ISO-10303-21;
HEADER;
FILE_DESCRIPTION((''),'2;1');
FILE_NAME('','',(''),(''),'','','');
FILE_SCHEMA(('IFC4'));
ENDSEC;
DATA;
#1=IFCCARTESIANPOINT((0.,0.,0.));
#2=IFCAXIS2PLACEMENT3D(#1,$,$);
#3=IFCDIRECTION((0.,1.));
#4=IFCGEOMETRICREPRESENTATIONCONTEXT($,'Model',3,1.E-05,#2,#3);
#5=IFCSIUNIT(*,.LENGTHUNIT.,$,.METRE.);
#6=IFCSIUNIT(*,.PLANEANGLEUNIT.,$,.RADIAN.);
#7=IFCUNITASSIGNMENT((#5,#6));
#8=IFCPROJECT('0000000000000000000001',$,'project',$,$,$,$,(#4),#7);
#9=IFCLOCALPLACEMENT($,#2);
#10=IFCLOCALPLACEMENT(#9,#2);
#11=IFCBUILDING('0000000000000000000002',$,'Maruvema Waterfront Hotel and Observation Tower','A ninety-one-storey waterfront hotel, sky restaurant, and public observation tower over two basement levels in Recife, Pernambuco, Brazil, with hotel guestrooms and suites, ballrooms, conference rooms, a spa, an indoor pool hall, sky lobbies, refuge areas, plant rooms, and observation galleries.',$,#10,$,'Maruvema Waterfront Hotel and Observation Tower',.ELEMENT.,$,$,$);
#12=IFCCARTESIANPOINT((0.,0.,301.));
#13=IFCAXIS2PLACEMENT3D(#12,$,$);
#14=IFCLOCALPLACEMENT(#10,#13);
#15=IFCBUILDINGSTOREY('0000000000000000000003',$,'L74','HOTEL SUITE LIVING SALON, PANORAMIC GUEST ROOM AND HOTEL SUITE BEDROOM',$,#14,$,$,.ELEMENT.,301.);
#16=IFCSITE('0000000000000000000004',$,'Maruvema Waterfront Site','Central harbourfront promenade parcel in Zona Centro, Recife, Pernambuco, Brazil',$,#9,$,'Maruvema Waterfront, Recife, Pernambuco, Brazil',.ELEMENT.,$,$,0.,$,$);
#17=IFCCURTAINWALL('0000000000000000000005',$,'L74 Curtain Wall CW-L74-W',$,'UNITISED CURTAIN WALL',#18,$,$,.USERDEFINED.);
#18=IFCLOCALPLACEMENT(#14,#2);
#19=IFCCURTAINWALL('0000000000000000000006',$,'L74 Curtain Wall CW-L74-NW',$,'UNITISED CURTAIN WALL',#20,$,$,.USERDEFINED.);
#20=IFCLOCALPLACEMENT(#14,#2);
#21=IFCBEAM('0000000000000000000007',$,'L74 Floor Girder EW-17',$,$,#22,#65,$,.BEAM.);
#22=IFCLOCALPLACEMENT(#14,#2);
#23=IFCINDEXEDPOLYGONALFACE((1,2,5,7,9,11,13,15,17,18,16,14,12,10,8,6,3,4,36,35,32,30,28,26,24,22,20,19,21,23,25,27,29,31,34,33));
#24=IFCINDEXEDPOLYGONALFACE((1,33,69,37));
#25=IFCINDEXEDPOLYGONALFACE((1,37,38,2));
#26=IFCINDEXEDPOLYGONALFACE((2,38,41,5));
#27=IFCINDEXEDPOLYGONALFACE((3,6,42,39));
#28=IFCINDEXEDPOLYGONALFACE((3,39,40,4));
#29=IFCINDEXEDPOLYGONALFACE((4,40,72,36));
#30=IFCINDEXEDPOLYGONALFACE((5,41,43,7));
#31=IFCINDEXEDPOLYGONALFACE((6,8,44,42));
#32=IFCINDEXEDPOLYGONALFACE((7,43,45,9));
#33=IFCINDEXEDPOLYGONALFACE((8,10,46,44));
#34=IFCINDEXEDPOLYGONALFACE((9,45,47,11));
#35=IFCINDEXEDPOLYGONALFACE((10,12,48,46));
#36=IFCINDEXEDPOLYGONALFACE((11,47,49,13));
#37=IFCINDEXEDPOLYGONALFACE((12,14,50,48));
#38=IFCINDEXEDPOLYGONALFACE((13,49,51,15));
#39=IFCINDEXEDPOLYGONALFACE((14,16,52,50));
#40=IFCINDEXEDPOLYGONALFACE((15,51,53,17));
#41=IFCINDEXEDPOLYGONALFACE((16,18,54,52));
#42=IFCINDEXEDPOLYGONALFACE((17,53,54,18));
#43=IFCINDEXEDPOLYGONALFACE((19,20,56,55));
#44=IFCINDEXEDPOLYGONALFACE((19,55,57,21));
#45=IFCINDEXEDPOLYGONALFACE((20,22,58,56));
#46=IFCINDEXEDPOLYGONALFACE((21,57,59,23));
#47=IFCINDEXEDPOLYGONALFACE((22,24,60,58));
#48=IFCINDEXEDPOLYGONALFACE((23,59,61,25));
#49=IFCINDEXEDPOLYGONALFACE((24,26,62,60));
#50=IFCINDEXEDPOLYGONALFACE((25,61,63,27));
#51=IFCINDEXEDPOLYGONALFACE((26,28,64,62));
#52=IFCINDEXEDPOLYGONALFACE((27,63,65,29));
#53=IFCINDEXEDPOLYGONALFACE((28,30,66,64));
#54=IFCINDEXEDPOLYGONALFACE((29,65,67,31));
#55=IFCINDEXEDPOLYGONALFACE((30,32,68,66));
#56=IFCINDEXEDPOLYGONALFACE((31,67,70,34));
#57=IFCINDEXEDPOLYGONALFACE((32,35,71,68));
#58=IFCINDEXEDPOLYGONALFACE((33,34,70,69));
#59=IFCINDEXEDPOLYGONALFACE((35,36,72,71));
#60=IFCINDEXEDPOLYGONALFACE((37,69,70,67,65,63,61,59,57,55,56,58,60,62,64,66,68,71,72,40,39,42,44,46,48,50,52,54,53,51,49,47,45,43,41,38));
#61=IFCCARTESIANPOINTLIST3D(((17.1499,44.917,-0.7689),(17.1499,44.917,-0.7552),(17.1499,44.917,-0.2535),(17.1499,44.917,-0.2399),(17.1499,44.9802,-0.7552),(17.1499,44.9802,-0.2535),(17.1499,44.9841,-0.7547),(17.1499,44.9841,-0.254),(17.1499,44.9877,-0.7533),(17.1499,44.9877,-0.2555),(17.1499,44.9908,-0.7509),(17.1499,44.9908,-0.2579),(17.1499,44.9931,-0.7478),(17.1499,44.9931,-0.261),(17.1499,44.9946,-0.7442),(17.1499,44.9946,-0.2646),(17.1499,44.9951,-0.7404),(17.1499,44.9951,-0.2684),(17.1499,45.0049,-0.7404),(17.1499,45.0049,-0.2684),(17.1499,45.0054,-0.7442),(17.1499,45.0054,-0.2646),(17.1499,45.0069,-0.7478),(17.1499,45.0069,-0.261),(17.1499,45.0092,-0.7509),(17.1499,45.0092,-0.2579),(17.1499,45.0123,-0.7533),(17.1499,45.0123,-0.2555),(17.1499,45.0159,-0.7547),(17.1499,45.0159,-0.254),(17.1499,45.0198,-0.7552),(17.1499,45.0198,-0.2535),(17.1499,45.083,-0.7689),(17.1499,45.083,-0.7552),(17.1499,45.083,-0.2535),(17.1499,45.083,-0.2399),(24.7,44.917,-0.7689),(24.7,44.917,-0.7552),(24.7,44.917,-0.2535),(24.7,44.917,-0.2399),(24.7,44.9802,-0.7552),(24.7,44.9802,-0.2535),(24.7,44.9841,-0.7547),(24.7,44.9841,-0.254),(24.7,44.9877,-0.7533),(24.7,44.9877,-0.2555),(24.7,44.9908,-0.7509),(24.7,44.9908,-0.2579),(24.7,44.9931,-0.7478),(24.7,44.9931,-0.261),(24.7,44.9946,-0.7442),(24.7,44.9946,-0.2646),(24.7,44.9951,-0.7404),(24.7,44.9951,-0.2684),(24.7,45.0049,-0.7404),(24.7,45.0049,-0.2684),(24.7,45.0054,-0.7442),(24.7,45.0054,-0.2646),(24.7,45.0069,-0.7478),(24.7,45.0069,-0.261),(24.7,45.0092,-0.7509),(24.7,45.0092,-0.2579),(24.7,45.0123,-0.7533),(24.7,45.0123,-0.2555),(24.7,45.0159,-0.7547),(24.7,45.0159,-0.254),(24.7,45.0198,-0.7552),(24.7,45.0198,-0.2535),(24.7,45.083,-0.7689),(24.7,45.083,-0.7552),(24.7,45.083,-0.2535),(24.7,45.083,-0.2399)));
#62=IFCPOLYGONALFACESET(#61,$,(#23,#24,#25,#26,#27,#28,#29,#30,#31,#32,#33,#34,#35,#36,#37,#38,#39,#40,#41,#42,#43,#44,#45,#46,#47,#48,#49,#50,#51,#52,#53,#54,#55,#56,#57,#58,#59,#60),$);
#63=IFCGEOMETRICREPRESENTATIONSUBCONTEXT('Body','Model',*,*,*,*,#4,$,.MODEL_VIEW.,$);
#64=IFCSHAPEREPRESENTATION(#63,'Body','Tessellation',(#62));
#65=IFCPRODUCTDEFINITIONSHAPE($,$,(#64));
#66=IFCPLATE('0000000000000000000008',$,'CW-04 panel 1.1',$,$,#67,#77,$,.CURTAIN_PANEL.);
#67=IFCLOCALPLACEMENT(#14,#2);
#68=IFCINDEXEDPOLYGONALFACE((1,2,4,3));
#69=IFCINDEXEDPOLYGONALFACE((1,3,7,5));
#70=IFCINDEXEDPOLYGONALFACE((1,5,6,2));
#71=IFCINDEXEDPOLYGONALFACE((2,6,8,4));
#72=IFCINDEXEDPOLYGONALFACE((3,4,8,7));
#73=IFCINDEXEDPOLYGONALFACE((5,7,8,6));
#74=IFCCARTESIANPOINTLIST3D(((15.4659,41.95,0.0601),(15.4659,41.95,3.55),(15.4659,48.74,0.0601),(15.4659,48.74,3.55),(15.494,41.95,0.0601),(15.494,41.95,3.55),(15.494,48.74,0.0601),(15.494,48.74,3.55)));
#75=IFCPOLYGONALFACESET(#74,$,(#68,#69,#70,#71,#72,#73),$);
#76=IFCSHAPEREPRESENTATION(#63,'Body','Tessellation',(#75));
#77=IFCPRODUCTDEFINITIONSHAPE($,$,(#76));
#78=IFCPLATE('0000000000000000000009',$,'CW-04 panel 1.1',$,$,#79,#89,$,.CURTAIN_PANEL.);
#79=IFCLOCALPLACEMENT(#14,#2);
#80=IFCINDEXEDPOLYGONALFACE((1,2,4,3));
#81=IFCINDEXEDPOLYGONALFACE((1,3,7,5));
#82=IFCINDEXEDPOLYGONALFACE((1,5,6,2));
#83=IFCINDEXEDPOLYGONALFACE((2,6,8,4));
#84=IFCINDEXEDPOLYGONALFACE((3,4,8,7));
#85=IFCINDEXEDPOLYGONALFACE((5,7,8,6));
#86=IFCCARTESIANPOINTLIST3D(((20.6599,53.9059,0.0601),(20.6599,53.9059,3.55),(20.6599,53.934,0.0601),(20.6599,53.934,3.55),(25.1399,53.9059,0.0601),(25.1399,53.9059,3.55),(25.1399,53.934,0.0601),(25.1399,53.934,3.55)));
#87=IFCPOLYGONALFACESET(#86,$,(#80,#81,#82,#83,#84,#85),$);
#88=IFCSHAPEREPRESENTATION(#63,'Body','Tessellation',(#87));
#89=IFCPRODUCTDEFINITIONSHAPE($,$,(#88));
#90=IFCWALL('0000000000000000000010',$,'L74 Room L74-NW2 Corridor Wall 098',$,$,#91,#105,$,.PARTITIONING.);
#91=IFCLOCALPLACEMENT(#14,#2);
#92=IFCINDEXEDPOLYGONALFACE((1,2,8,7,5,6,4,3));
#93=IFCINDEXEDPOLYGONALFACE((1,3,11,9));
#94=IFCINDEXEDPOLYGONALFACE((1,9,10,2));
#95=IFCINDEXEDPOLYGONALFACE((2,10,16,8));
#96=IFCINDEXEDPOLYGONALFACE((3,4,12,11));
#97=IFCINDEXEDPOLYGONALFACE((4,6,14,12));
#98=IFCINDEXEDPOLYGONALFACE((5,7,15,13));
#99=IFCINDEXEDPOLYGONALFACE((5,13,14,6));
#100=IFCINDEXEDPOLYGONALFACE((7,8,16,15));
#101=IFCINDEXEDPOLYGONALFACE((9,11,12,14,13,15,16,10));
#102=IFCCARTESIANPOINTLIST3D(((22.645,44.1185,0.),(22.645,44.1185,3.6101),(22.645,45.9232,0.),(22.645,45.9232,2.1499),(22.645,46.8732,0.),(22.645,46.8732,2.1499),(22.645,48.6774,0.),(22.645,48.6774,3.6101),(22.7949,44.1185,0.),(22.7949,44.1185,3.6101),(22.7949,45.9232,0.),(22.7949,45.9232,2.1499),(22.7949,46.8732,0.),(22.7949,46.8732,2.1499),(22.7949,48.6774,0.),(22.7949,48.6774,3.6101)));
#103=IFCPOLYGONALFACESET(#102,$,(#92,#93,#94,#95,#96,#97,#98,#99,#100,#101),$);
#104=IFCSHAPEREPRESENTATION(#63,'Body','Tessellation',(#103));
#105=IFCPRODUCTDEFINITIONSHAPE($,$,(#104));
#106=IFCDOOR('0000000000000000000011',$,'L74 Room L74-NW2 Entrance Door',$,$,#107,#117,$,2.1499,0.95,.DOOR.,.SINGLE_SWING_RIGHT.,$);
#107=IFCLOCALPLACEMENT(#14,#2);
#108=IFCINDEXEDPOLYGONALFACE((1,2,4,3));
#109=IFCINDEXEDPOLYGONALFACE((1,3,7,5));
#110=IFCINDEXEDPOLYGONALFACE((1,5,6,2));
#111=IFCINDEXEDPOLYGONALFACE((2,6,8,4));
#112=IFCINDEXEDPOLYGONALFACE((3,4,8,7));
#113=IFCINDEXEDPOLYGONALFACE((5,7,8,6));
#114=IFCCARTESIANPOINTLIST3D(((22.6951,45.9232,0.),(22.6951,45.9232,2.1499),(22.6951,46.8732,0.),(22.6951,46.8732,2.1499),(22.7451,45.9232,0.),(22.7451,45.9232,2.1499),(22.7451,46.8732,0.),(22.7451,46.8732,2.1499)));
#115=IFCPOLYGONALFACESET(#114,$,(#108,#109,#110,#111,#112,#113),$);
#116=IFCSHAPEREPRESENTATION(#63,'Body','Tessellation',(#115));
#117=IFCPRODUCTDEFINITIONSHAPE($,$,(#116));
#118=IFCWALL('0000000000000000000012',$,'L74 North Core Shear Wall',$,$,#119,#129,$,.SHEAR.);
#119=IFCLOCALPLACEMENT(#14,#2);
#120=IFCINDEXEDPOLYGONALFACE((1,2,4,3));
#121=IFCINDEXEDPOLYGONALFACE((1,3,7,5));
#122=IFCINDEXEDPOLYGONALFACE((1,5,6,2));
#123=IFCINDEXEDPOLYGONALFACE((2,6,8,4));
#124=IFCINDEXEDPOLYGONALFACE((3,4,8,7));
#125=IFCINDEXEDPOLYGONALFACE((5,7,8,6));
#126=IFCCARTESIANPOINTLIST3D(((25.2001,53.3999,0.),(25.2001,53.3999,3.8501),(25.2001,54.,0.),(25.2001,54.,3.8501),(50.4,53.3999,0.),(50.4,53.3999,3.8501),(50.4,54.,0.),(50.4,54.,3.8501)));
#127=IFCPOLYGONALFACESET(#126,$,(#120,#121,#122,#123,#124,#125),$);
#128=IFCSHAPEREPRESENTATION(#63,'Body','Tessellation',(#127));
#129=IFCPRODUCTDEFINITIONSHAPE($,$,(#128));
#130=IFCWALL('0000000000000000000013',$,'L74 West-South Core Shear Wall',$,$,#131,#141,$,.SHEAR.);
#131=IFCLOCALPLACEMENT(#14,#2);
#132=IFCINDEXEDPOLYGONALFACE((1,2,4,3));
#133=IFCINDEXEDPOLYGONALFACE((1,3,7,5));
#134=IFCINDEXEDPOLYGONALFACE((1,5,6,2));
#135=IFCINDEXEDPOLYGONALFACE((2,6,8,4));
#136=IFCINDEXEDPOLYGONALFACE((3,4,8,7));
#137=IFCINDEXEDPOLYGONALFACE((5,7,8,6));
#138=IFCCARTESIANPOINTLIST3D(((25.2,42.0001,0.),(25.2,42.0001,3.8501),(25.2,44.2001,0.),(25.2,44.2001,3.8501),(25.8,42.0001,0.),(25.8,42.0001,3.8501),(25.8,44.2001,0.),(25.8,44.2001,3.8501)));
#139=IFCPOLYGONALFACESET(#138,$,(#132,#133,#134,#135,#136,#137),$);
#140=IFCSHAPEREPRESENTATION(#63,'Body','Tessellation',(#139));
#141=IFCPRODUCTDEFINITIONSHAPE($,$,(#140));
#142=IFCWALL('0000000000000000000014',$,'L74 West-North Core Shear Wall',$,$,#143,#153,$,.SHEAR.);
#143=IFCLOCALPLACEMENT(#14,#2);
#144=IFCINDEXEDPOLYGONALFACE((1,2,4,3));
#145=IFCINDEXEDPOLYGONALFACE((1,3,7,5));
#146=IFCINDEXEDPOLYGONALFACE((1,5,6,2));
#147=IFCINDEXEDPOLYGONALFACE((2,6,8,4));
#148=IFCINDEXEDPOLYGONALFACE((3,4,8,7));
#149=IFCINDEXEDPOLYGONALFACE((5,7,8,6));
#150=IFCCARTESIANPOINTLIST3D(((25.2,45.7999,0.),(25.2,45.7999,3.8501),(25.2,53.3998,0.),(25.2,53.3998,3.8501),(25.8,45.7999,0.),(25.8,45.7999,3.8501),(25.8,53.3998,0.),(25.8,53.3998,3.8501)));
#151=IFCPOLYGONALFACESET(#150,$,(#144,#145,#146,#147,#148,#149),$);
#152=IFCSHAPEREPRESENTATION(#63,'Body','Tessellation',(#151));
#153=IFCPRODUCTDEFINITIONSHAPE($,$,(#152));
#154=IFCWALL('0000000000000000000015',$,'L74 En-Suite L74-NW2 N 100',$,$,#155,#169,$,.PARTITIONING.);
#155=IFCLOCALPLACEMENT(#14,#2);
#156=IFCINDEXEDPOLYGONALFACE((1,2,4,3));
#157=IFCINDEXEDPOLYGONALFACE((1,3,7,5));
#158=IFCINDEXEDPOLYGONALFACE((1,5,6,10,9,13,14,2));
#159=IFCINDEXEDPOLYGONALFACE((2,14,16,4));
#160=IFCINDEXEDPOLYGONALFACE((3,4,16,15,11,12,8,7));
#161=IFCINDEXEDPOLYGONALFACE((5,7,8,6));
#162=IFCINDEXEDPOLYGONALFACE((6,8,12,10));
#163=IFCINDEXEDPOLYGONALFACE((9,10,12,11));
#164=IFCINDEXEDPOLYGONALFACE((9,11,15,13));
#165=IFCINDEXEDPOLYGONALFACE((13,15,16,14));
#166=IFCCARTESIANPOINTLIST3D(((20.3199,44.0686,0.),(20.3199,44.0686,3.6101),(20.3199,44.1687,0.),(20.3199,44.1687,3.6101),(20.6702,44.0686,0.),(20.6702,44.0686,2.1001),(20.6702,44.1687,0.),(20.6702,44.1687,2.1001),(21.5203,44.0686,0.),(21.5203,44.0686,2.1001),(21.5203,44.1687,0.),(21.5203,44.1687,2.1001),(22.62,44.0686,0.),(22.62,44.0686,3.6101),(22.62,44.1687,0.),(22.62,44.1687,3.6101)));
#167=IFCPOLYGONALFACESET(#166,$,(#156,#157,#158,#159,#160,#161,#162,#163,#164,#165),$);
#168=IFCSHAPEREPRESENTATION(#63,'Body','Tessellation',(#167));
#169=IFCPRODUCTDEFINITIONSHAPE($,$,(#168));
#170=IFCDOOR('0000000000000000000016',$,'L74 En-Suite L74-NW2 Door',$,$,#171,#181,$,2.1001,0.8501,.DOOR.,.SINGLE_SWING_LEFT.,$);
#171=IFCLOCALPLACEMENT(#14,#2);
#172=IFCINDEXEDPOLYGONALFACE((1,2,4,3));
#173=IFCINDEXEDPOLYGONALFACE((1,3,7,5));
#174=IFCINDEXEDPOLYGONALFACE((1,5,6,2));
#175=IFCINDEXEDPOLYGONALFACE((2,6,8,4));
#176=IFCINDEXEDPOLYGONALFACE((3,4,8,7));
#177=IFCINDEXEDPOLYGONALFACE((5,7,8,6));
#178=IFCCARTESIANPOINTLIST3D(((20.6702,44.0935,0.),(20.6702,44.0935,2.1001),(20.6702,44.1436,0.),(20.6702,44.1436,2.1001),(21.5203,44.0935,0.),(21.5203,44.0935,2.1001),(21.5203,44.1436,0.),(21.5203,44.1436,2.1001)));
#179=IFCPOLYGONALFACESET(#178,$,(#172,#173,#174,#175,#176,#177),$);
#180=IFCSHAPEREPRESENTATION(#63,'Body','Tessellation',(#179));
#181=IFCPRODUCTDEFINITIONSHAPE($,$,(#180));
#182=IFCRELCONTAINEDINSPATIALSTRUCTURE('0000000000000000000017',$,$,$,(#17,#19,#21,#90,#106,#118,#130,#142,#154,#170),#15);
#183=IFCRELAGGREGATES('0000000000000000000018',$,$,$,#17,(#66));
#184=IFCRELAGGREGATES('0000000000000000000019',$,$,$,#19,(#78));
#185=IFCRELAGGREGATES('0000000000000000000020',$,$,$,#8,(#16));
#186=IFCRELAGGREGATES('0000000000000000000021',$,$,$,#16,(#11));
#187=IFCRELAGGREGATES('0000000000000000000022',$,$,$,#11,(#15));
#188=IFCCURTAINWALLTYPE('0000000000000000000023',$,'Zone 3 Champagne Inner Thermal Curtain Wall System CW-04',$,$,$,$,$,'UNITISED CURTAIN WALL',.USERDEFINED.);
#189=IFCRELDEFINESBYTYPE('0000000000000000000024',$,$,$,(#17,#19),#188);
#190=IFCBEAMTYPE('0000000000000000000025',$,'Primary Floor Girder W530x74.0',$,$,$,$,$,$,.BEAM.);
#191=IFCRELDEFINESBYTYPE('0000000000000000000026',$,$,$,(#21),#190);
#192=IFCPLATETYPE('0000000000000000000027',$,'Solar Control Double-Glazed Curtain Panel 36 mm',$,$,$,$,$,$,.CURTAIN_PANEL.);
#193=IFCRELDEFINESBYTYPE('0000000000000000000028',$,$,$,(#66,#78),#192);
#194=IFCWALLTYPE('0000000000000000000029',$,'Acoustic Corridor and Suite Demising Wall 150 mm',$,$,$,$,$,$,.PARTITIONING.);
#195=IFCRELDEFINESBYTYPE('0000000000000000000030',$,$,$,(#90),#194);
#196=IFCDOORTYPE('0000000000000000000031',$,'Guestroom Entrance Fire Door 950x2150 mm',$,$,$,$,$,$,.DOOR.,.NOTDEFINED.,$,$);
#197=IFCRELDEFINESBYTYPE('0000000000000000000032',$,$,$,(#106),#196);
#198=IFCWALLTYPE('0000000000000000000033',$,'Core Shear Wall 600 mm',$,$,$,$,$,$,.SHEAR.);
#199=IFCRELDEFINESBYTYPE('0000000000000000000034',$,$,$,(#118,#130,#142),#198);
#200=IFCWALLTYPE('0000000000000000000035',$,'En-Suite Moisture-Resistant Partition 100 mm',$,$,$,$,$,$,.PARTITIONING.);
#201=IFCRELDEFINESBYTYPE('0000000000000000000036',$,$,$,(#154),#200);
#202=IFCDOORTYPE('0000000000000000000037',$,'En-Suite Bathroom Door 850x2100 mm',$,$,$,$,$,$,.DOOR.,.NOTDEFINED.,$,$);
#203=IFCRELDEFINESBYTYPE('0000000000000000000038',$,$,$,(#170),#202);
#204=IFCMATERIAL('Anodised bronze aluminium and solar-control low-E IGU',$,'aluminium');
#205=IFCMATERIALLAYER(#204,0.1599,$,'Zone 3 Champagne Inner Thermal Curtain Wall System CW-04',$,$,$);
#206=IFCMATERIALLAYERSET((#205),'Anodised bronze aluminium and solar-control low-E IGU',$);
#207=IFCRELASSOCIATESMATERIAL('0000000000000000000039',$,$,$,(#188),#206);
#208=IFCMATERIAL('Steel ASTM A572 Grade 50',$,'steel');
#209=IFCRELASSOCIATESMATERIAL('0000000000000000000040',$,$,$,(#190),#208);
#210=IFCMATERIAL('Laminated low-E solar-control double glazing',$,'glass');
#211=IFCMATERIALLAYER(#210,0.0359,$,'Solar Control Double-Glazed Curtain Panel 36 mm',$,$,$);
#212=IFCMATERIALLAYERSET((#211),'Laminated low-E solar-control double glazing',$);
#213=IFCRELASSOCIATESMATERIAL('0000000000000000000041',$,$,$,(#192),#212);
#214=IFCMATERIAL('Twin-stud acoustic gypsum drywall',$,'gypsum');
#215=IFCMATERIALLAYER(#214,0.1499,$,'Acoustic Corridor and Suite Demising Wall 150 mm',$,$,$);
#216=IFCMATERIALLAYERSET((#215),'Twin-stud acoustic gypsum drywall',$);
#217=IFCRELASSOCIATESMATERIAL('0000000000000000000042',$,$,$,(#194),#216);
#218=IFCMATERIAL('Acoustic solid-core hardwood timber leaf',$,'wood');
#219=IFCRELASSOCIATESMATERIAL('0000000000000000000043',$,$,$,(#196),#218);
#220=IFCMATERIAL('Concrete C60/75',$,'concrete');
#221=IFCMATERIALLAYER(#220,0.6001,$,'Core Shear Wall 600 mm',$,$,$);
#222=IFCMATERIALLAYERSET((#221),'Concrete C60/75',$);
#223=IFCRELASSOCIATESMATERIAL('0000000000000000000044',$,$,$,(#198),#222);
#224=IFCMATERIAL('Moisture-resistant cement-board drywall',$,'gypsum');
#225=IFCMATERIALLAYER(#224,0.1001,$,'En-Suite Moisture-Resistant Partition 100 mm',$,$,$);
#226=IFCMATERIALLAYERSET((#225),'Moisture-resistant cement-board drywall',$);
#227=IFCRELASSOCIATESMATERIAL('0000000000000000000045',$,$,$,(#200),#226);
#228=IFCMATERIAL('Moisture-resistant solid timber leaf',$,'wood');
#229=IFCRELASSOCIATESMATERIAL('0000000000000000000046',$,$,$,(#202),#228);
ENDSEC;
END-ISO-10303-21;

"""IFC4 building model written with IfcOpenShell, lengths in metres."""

from ifc_helpers import new_model, si_unit, direction, frame, frame_2d, origin, origin_2d, place, context, subcontext, project, spatial, rectangle, i_section, extrude, material, layer, layer_set, material_profile, profile_set, type_object, element, fill, aggregate, save


model = new_model("IFC4")

# Units and contexts
model_context = context("Model", 3, precision=1e-05, world=origin(), true_north=direction((0.0, 1.0)))
body_context = subcontext(model_context, "Body", "Model", "MODEL_VIEW")
ifc_project = project(units=[si_unit("LENGTHUNIT", "METRE"), si_unit("PLANEANGLEUNIT", "RADIAN")], contexts=[model_context])

# Site, building, storey
site_placement = place(None, origin())
site = spatial("IfcSite", under=ifc_project, at=site_placement, Name="Maruvema Waterfront Site", Description="Central harbourfront promenade parcel in Zona Centro, Recife, Pernambuco, Brazil", LongName="Maruvema Waterfront, Recife, Pernambuco, Brazil", CompositionType="ELEMENT", RefElevation=0.0)
building_placement = place(site_placement, origin())
building = spatial("IfcBuilding", under=site, at=building_placement, Name="Maruvema Waterfront Hotel and Observation Tower", Description="A ninety-one-storey waterfront hotel, sky restaurant, and public observation tower over two basement levels in Recife, Pernambuco, Brazil, with hotel guestrooms and suites, ballrooms, conference rooms, a spa, an indoor pool hall, sky lobbies, refuge areas, plant rooms, and observation galleries.", LongName="Maruvema Waterfront Hotel and Observation Tower", CompositionType="ELEMENT")
storey_placement = place(building_placement, frame((0.0, 0.0, 301.0)))
storey = spatial("IfcBuildingStorey", under=building, at=storey_placement, Name="L74", Description="HOTEL SUITE LIVING SALON, PANORAMIC GUEST ROOM AND HOTEL SUITE BEDROOM", CompositionType="ELEMENT", Elevation=301.0)

# Curtain walls
ifc_material_1 = material(Name="Anodised bronze aluminium and solar-control low-E IGU", Category="aluminium")
ifc_layer_1 = layer(ifc_material_1, 0.1599, Name="Zone 3 Champagne Inner Thermal Curtain Wall System CW-04")
ifc_layer_set_1 = layer_set([ifc_layer_1], Name="Anodised bronze aluminium and solar-control low-E IGU")
curtain_wall_type = type_object("IfcCurtainWallType", Name="Zone 3 Champagne Inner Thermal Curtain Wall System CW-04", ElementType="UNITISED CURTAIN WALL", PredefinedType="USERDEFINED", material=ifc_layer_set_1)
curtain_wall_1_placement = place(storey_placement, origin())
curtain_wall_1 = element("IfcCurtainWall", 1, at=curtain_wall_1_placement, inside=storey, type_object=curtain_wall_type, Name="L74 Curtain Wall CW-L74-W", ObjectType="UNITISED CURTAIN WALL", PredefinedType="USERDEFINED")
curtain_wall_2_placement = place(storey_placement, origin())
curtain_wall_2 = element("IfcCurtainWall", 2, at=curtain_wall_2_placement, inside=storey, type_object=curtain_wall_type, Name="L74 Curtain Wall CW-L74-NW", ObjectType="UNITISED CURTAIN WALL", PredefinedType="USERDEFINED")

# Beam
ifc_material_2 = material(Name="Steel ASTM A572 Grade 50", Category="steel")
ifc_material_profile_1 = material_profile(ifc_material_2, i_section(OverallWidth=0.166, OverallDepth=0.5291, WebThickness=0.0098, FlangeThickness=0.0137, FilletRadius=0.0149, at=origin_2d()), Name="W530x74.0")
ifc_profile_set_1 = profile_set([ifc_material_profile_1], Name="Steel ASTM A572 Grade 50")
beam_type = type_object("IfcBeamType", Name="Primary Floor Girder W530x74.0", PredefinedType="BEAM", material=ifc_profile_set_1)
beam_placement = place(storey_placement, frame((17.1499, 45.0, -0.5044), z_axis=(1.0, 0.0, 0.0), x_axis=(0.0, 1.0, 0.0)))
element("IfcBeam", 3, at=beam_placement, inside=storey, type_object=beam_type, Name="L74 Floor Girder EW-17", PredefinedType="BEAM", context=body_context, shape_type="SweptSolid", body=[
    extrude(i_section(OverallWidth=0.166, OverallDepth=0.5291, WebThickness=0.0098, FlangeThickness=0.0137, FilletRadius=0.0149, at=origin_2d()), origin(), (0.0, 0.0, 1.0), 7.55),
])

# Plates
ifc_material_3 = material(Name="Laminated low-E solar-control double glazing", Category="glass")
ifc_layer_2 = layer(ifc_material_3, 0.0359, Name="Solar Control Double-Glazed Curtain Panel 36 mm")
ifc_layer_set_2 = layer_set([ifc_layer_2], Name="Laminated low-E solar-control double glazing")
plate_type = type_object("IfcPlateType", Name="Solar Control Double-Glazed Curtain Panel 36 mm", PredefinedType="CURTAIN_PANEL", material=ifc_layer_set_2)
plate_1_placement = place(storey_placement, frame((15.48, 45.345, 0.0601), z_axis=(0.0, 0.0, 1.0), x_axis=(0.0, -1.0, 0.0)))
plate_1 = element("IfcPlate", 4, at=plate_1_placement, type_object=plate_type, Name="CW-04 panel 1.1", PredefinedType="CURTAIN_PANEL", context=body_context, shape_type="SweptSolid", body=[
    extrude(rectangle(XDim=6.79, YDim=0.0281, at=origin_2d()), origin(), (0.0, 0.0, 1.0), 3.49),
])
aggregate(curtain_wall_1, [plate_1])
plate_2_placement = place(storey_placement, frame((22.8999, 53.9199, 0.0601), z_axis=(0.0, 0.0, 1.0), x_axis=(-1.0, 0.0, 0.0)))
plate_2 = element("IfcPlate", 5, at=plate_2_placement, type_object=plate_type, Name="CW-04 panel 1.1", PredefinedType="CURTAIN_PANEL", context=body_context, shape_type="SweptSolid", body=[
    extrude(rectangle(XDim=4.48, YDim=0.0281, at=origin_2d()), origin(), (0.0, 0.0, 1.0), 3.49),
])
aggregate(curtain_wall_2, [plate_2])

# Wall, opening, door
ifc_material_4 = material(Name="Twin-stud acoustic gypsum drywall", Category="gypsum")
ifc_layer_3 = layer(ifc_material_4, 0.1499, Name="Acoustic Corridor and Suite Demising Wall 150 mm")
ifc_layer_set_3 = layer_set([ifc_layer_3], Name="Twin-stud acoustic gypsum drywall")
wall_type_1 = type_object("IfcWallType", Name="Acoustic Corridor and Suite Demising Wall 150 mm", PredefinedType="PARTITIONING", material=ifc_layer_set_3)
wall_1_placement = place(storey_placement, frame((22.72, 44.1187, 0.0), z_axis=(0.0, 0.0, 1.0), x_axis=(0.0, 1.0, 0.0)))
wall_1 = element("IfcWall", 6, at=wall_1_placement, inside=storey, type_object=wall_type_1, Name="L74 Room L74-NW2 Corridor Wall 098", PredefinedType="PARTITIONING", context=body_context, shape_type="SweptSolid", body=[
    extrude(rectangle(XDim=4.5588, YDim=0.1499, at=frame_2d((2.2793, 0.0))), origin(), (0.0, 0.0, 1.0), 3.6101),
])
opening_1_placement = place(wall_1_placement, frame((1.8044, 0.0, 0.0)))
opening_1 = element("IfcOpeningElement", 7, at=opening_1_placement, cuts=wall_1, PredefinedType="OPENING", context=body_context, shape_type="SweptSolid", body=[
    extrude(rectangle(XDim=0.95, YDim=2.1499, at=frame_2d((0.4751, 1.075))), frame((0.0, 0.085, 0.0), z_axis=(0.0, -1.0, 0.0), x_axis=(1.0, 0.0, 0.0)), (0.0, 0.0, 1.0), 0.1699),
])
ifc_material_5 = material(Name="Acoustic solid-core hardwood timber leaf", Category="wood")
door_type_1 = type_object("IfcDoorType", Name="Guestroom Entrance Fire Door 950x2150 mm", OperationType="NOTDEFINED", PredefinedType="DOOR", material=ifc_material_5)
door_1_placement = place(opening_1_placement, origin())
door_1 = element("IfcDoor", 8, at=door_1_placement, inside=storey, type_object=door_type_1, Name="L74 Room L74-NW2 Entrance Door", OperationType="SINGLE_SWING_RIGHT", OverallHeight=2.1499, OverallWidth=0.95, PredefinedType="DOOR", context=body_context, shape_type="SweptSolid", body=[
    extrude(rectangle(XDim=0.95, YDim=2.1499, at=frame_2d((0.4751, 1.075))), frame((0.0, 0.0249, 0.0), z_axis=(0.0, -1.0, 0.0), x_axis=(1.0, 0.0, 0.0)), (0.0, 0.0, 1.0), 0.05),
])
fill(opening_1, door_1)

# Walls
ifc_material_6 = material(Name="Concrete C60/75", Category="concrete")
ifc_layer_4 = layer(ifc_material_6, 0.6001, Name="Core Shear Wall 600 mm")
ifc_layer_set_4 = layer_set([ifc_layer_4], Name="Concrete C60/75")
wall_type_2 = type_object("IfcWallType", Name="Core Shear Wall 600 mm", PredefinedType="SHEAR", material=ifc_layer_set_4)
wall_2_placement = place(storey_placement, frame((25.2, 53.7, 0.0), z_axis=(0.0, 0.0, 1.0), x_axis=(1.0, 0.0, 0.0)))
element("IfcWall", 9, at=wall_2_placement, inside=storey, type_object=wall_type_2, Name="L74 North Core Shear Wall", PredefinedType="SHEAR", context=body_context, shape_type="SweptSolid", body=[
    extrude(rectangle(XDim=25.2, YDim=0.6001, at=frame_2d((12.6001, 0.0))), origin(), (0.0, 0.0, 1.0), 3.8501),
])
wall_3_placement = place(storey_placement, frame((25.5, 42.0, 0.0), z_axis=(0.0, 0.0, 1.0), x_axis=(0.0, 1.0, 0.0)))
element("IfcWall", 10, at=wall_3_placement, inside=storey, type_object=wall_type_2, Name="L74 West-South Core Shear Wall", PredefinedType="SHEAR", context=body_context, shape_type="SweptSolid", body=[
    extrude(rectangle(XDim=2.2, YDim=0.6001, at=frame_2d((1.1001, 0.0))), origin(), (0.0, 0.0, 1.0), 3.8501),
])
wall_4_placement = place(storey_placement, frame((25.5, 45.8, 0.0), z_axis=(0.0, 0.0, 1.0), x_axis=(0.0, 1.0, 0.0)))
element("IfcWall", 11, at=wall_4_placement, inside=storey, type_object=wall_type_2, Name="L74 West-North Core Shear Wall", PredefinedType="SHEAR", context=body_context, shape_type="SweptSolid", body=[
    extrude(rectangle(XDim=7.5999, YDim=0.6001, at=frame_2d((3.7998, 0.0))), origin(), (0.0, 0.0, 1.0), 3.8501),
])

# Wall, opening, door
ifc_material_7 = material(Name="Moisture-resistant cement-board drywall", Category="gypsum")
ifc_layer_5 = layer(ifc_material_7, 0.1001, Name="En-Suite Moisture-Resistant Partition 100 mm")
ifc_layer_set_5 = layer_set([ifc_layer_5], Name="Moisture-resistant cement-board drywall")
wall_type_3 = type_object("IfcWallType", Name="En-Suite Moisture-Resistant Partition 100 mm", PredefinedType="PARTITIONING", material=ifc_layer_set_5)
wall_5_placement = place(storey_placement, frame((20.3201, 44.1187, 0.0), z_axis=(0.0, 0.0, 1.0), x_axis=(1.0, 0.0, 0.0)))
wall_5 = element("IfcWall", 12, at=wall_5_placement, inside=storey, type_object=wall_type_3, Name="L74 En-Suite L74-NW2 N 100", PredefinedType="PARTITIONING", context=body_context, shape_type="SweptSolid", body=[
    extrude(rectangle(XDim=2.3, YDim=0.1001, at=frame_2d((1.1499, 0.0))), origin(), (0.0, 0.0, 1.0), 3.6101),
])
opening_2_placement = place(wall_5_placement, frame((0.3501, 0.0, 0.0)))
opening_2 = element("IfcOpeningElement", 13, at=opening_2_placement, cuts=wall_5, PredefinedType="OPENING", context=body_context, shape_type="SweptSolid", body=[
    extrude(rectangle(XDim=0.8501, YDim=2.1001, at=frame_2d((0.425, 1.05))), frame((0.0, 0.0601, 0.0), z_axis=(0.0, -1.0, 0.0), x_axis=(1.0, 0.0, 0.0)), (0.0, 0.0, 1.0), 0.1201),
])
ifc_material_8 = material(Name="Moisture-resistant solid timber leaf", Category="wood")
door_type_2 = type_object("IfcDoorType", Name="En-Suite Bathroom Door 850x2100 mm", OperationType="NOTDEFINED", PredefinedType="DOOR", material=ifc_material_8)
door_2_placement = place(opening_2_placement, origin())
door_2 = element("IfcDoor", 14, at=door_2_placement, inside=storey, type_object=door_type_2, Name="L74 En-Suite L74-NW2 Door", OperationType="SINGLE_SWING_LEFT", OverallHeight=2.1001, OverallWidth=0.8501, PredefinedType="DOOR", context=body_context, shape_type="SweptSolid", body=[
    extrude(rectangle(XDim=0.8501, YDim=2.1001, at=frame_2d((0.425, 1.05))), frame((0.0, 0.0249, 0.0), z_axis=(0.0, -1.0, 0.0), x_axis=(1.0, 0.0, 0.0)), (0.0, 0.0, 1.0), 0.05),
])
fill(opening_2, door_2)

save(model, "model.ifc")
